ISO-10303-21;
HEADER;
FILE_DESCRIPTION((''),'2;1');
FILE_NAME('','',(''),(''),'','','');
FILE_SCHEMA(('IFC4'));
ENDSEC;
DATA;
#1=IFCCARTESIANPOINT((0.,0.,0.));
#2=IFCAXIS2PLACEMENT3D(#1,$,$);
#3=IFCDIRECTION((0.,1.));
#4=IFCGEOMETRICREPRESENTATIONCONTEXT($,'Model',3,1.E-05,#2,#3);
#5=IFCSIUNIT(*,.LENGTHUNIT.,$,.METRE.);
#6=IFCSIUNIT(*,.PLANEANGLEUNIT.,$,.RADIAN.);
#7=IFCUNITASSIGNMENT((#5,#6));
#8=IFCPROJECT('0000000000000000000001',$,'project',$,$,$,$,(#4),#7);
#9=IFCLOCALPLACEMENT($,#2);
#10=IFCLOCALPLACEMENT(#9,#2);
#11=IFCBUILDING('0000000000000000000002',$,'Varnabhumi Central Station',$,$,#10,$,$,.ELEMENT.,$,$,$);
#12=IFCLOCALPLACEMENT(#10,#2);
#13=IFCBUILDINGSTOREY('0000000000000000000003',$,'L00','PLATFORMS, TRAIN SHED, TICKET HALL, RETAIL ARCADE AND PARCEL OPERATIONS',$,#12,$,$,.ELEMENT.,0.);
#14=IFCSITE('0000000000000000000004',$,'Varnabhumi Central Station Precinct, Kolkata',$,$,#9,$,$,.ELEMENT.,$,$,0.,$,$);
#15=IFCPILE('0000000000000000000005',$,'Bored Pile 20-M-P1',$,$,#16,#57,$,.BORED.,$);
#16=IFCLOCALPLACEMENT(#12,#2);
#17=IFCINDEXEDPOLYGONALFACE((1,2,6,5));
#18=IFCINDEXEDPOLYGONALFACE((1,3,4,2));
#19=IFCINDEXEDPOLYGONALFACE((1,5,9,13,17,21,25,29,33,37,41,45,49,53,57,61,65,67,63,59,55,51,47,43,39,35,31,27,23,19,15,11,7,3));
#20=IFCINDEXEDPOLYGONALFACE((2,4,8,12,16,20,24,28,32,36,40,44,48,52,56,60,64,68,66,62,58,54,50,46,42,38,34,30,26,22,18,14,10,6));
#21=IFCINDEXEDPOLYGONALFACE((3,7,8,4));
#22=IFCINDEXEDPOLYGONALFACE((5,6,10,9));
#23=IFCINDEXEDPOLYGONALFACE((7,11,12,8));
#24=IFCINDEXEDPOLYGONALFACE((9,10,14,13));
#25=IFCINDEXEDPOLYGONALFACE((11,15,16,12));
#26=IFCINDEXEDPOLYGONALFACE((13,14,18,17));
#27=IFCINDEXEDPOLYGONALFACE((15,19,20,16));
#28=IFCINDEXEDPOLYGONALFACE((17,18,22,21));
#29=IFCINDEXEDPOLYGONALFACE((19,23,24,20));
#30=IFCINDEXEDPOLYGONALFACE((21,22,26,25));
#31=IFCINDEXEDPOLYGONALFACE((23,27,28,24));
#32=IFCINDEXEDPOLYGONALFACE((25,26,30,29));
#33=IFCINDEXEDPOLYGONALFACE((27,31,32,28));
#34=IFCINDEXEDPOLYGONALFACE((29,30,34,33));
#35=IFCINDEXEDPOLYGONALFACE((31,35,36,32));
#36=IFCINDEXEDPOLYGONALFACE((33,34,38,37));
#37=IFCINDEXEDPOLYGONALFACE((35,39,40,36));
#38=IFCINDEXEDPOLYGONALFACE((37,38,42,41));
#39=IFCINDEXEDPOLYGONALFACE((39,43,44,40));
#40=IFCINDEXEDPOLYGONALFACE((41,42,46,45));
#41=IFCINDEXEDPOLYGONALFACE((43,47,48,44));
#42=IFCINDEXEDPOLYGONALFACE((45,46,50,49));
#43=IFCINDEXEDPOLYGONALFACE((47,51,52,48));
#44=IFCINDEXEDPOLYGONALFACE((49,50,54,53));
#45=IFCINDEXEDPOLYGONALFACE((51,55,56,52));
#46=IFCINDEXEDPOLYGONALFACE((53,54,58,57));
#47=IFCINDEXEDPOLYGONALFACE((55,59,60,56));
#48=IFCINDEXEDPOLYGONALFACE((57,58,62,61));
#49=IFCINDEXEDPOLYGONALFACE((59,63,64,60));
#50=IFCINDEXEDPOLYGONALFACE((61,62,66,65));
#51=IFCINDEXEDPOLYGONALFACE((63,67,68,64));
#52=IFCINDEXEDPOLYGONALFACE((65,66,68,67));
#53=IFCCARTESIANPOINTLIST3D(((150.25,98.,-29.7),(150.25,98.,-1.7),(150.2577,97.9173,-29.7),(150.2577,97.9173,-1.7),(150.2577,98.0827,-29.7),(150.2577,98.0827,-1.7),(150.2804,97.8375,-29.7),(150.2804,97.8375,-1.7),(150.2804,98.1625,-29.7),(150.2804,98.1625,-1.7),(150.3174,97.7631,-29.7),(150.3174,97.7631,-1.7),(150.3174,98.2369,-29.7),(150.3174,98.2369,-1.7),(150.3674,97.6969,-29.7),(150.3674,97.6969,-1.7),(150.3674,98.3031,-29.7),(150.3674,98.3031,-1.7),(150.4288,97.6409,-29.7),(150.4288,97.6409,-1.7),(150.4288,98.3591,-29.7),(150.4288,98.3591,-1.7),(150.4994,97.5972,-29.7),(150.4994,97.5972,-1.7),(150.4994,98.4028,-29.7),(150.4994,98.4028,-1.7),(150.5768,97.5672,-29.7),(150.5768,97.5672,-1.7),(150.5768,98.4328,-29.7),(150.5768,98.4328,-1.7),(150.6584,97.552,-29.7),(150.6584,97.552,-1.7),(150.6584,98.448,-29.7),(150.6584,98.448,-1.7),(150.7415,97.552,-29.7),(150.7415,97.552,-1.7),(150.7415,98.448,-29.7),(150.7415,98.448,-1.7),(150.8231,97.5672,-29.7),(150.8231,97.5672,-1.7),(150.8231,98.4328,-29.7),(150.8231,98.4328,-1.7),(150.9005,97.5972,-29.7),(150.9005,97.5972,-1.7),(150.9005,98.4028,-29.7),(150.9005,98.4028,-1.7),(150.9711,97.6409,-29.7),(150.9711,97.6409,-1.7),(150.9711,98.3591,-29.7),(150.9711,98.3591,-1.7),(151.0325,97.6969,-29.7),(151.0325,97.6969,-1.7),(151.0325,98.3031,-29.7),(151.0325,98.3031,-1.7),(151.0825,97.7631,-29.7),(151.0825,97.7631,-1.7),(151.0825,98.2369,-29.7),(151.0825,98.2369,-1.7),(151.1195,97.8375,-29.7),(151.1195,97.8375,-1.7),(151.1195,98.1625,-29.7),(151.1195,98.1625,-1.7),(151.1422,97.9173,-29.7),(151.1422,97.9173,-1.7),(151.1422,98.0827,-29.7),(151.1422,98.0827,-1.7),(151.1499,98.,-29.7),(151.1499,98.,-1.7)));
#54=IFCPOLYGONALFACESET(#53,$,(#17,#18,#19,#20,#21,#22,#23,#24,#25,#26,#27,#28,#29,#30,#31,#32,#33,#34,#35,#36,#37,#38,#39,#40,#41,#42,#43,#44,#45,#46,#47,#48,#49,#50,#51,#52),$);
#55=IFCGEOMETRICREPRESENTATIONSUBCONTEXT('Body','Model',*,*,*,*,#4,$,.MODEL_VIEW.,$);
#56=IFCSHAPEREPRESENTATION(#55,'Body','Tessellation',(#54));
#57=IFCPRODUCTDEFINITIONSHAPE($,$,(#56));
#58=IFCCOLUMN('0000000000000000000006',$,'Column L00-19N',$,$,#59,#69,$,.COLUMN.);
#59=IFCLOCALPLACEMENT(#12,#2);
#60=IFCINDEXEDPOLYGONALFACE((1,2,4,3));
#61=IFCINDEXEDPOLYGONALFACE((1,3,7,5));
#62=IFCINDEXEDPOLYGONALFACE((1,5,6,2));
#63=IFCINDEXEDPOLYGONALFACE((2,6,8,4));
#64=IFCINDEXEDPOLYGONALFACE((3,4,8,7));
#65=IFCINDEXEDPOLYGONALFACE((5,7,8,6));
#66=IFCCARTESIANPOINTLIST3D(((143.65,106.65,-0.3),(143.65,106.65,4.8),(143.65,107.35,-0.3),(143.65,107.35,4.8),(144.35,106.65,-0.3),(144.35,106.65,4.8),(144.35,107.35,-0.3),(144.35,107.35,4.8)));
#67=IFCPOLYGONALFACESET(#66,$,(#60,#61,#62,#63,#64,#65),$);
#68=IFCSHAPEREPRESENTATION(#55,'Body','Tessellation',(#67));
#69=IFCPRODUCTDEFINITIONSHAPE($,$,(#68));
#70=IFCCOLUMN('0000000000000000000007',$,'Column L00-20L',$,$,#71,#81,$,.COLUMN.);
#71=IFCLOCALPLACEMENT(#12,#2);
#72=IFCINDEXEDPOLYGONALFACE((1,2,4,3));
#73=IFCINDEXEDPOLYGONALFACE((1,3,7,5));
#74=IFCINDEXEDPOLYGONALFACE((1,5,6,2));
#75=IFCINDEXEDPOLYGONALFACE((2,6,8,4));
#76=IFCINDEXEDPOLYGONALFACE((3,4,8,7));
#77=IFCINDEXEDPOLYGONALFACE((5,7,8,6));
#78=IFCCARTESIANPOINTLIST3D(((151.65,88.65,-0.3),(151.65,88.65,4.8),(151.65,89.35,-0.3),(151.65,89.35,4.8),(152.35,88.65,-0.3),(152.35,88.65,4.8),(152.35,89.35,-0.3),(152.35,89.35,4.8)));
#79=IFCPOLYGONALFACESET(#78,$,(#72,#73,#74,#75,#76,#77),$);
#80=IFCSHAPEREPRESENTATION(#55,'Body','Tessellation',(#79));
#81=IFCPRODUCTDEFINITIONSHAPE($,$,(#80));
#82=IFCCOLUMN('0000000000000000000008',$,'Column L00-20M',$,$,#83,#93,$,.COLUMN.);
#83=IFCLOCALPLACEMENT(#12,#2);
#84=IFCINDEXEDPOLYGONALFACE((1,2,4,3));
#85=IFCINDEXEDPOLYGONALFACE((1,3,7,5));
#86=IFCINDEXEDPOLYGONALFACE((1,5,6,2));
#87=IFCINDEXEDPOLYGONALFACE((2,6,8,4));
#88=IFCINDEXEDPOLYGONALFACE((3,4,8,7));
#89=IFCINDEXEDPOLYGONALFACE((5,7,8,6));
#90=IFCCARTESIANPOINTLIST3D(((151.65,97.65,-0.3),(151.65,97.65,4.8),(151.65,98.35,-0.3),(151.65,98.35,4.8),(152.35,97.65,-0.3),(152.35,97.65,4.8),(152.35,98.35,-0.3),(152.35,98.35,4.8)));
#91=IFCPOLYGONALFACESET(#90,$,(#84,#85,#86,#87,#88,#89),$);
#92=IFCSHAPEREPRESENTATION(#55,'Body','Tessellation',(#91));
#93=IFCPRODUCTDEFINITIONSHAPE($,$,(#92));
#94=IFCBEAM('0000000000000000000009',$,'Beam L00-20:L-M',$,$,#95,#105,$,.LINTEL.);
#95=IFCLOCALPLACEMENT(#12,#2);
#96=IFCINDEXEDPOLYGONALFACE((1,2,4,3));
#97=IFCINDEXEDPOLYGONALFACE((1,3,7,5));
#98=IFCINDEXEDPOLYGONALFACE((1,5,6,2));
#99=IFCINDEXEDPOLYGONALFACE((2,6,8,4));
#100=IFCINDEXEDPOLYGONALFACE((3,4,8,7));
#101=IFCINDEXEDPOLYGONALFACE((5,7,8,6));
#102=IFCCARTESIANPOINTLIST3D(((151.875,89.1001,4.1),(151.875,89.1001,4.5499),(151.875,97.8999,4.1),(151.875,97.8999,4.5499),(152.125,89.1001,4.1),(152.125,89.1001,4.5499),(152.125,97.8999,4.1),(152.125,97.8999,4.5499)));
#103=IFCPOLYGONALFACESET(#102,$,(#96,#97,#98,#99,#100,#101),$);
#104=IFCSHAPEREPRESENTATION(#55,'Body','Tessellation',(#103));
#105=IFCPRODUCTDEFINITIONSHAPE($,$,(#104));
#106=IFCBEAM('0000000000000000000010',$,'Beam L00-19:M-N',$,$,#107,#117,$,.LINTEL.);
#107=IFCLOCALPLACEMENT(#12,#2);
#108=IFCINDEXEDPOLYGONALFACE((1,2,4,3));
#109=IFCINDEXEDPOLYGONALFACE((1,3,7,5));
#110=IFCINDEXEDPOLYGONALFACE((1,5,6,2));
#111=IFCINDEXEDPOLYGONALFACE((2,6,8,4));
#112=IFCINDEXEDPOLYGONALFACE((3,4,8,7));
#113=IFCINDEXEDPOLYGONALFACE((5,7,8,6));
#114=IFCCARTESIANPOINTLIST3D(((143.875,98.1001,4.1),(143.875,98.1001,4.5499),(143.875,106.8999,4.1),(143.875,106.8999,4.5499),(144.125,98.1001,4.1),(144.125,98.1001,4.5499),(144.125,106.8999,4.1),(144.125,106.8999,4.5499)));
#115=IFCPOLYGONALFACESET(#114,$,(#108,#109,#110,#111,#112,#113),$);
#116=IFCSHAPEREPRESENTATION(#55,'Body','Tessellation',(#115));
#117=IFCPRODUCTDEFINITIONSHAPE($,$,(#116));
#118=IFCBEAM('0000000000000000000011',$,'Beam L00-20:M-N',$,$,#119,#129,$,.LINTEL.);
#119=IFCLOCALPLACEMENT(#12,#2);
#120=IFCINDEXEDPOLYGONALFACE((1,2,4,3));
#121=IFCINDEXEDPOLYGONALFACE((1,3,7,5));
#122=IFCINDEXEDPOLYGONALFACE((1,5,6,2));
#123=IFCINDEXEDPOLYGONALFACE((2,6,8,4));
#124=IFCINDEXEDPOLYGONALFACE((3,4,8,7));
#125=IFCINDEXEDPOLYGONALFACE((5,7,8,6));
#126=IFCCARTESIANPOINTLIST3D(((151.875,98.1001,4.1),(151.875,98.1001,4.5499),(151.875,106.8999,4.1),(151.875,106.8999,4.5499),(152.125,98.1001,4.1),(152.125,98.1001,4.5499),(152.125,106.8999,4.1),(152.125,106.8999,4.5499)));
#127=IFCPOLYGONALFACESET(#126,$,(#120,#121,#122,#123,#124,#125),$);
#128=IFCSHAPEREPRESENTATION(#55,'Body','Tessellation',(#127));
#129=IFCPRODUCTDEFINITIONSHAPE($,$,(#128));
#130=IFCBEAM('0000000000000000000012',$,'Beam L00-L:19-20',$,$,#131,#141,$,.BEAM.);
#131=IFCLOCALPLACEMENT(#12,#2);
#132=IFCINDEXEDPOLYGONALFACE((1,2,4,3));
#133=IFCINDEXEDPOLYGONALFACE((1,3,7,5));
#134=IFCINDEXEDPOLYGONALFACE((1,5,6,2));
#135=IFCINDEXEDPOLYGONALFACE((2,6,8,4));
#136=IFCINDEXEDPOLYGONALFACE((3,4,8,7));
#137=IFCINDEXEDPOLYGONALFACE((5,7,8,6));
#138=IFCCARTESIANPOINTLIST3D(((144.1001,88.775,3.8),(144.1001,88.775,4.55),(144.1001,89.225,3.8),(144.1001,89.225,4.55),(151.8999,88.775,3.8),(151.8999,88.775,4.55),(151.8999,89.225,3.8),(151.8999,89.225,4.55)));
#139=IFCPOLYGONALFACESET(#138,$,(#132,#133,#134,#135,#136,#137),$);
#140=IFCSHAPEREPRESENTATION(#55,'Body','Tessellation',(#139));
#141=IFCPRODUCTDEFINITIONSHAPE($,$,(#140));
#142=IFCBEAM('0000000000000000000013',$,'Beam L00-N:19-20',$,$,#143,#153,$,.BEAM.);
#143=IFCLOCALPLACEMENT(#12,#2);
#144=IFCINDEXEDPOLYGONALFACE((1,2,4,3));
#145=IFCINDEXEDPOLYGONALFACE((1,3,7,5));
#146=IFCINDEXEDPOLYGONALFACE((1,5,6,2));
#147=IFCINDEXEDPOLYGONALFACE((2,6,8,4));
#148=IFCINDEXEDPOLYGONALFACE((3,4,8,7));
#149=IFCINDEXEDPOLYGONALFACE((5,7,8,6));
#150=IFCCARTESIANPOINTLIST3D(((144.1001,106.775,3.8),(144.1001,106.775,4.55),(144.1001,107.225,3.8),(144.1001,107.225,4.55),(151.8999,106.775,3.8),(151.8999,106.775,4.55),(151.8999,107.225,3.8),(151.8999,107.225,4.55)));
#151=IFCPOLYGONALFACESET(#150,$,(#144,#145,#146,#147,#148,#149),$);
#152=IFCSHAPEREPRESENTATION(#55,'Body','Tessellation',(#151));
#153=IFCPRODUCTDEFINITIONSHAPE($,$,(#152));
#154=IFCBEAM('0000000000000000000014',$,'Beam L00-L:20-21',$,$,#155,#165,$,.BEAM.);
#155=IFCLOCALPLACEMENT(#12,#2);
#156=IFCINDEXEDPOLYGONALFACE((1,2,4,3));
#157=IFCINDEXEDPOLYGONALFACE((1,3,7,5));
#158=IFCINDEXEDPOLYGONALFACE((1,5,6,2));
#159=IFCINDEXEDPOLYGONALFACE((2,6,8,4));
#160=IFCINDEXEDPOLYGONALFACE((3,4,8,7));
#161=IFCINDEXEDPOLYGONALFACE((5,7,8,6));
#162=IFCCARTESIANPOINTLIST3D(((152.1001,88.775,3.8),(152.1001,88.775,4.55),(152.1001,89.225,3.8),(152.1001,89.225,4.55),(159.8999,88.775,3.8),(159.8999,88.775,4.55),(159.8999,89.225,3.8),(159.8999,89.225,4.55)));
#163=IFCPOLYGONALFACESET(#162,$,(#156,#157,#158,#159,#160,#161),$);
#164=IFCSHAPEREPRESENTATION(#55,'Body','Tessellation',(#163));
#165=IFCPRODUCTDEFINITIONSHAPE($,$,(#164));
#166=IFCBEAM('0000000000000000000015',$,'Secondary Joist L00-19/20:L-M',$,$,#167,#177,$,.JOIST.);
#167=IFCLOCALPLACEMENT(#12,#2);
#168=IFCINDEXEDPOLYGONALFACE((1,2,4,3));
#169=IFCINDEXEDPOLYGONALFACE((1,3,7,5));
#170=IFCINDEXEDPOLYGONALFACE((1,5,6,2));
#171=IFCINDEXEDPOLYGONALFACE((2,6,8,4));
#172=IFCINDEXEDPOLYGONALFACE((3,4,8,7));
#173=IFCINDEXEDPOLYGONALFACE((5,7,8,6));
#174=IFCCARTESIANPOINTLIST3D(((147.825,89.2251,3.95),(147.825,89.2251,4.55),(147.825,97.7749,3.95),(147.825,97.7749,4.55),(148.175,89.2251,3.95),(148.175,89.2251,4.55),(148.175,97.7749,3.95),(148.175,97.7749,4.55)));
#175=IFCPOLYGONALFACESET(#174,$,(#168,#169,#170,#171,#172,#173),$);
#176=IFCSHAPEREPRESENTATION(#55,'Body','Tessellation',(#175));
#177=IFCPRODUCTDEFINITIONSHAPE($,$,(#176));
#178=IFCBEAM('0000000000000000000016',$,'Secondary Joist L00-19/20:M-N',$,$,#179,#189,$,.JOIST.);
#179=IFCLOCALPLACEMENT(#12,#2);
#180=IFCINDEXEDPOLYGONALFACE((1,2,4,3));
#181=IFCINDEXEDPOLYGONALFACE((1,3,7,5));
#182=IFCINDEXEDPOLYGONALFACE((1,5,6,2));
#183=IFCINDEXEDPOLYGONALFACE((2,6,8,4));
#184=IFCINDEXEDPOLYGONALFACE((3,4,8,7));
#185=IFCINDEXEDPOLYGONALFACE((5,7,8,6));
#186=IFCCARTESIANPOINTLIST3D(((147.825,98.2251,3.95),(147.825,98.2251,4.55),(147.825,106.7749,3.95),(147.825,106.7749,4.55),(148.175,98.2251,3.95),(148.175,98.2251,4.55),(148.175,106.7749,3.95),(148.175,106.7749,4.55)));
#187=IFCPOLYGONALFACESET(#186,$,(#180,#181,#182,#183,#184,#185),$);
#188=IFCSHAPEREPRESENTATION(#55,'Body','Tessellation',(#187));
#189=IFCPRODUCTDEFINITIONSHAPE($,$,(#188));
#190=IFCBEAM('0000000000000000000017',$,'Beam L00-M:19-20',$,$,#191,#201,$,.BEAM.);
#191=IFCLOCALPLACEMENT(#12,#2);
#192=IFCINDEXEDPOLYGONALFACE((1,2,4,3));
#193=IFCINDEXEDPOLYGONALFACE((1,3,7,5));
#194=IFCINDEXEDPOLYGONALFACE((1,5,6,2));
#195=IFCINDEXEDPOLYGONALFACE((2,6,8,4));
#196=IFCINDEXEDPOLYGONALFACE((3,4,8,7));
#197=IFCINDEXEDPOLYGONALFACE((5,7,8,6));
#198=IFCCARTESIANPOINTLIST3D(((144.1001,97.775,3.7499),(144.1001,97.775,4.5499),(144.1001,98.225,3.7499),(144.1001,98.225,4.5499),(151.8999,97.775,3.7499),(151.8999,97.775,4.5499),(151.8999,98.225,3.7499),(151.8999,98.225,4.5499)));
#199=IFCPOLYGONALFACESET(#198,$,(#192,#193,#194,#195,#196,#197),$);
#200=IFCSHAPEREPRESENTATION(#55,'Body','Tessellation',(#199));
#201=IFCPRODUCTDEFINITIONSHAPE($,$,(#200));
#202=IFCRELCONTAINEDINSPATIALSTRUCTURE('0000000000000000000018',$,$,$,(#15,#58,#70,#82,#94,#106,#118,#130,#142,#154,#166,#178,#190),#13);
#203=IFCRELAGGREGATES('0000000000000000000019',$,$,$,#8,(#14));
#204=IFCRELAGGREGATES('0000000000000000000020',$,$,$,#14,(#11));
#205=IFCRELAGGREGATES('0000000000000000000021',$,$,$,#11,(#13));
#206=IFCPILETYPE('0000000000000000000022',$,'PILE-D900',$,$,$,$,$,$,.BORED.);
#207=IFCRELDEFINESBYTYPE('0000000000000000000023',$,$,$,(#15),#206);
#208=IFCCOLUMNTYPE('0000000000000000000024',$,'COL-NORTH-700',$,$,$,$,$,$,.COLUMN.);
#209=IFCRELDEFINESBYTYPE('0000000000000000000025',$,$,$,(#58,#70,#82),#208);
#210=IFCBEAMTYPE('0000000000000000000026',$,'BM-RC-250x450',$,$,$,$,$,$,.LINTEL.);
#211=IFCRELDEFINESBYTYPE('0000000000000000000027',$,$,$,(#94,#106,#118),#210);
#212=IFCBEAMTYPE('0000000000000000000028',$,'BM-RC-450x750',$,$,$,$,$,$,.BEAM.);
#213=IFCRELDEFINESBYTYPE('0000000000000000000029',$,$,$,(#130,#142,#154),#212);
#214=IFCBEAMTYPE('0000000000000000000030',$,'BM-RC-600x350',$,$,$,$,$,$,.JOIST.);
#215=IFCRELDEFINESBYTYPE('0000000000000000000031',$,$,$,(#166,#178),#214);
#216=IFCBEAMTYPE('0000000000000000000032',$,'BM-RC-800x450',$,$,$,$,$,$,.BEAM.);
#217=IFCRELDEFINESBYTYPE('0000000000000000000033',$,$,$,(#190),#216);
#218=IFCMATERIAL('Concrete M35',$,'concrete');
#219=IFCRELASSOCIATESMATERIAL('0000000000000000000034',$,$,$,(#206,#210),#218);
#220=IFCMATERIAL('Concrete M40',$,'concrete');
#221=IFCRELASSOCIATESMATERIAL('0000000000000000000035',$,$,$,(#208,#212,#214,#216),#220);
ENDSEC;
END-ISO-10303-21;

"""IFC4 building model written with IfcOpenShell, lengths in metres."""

from ifc_helpers import new_model, si_unit, direction, frame, origin, origin_2d, place, context, subcontext, project, spatial, rectangle, circle, extrude, material, material_profile, profile_set, type_object, element, save


model = new_model("IFC4")

# Units and contexts
model_context = context("Model", 3, precision=1e-05, world=origin(), true_north=direction((0.0, 1.0)))
body_context = subcontext(model_context, "Body", "Model", "MODEL_VIEW")
ifc_project = project(units=[si_unit("LENGTHUNIT", "METRE"), si_unit("PLANEANGLEUNIT", "RADIAN")], contexts=[model_context])

# Site, building, storey
site_placement = place(None, origin())
site = spatial("IfcSite", under=ifc_project, at=site_placement, Name="Varnabhumi Central Station Precinct, Kolkata", CompositionType="ELEMENT", RefElevation=0.0)
building_placement = place(site_placement, origin())
building = spatial("IfcBuilding", under=site, at=building_placement, Name="Varnabhumi Central Station", CompositionType="ELEMENT")
storey_placement = place(building_placement, origin())
storey = spatial("IfcBuildingStorey", under=building, at=storey_placement, Name="L00", Description="PLATFORMS, TRAIN SHED, TICKET HALL, RETAIL ARCADE AND PARCEL OPERATIONS", CompositionType="ELEMENT", Elevation=0.0)

# Shared definitions
ifc_material_1 = material(Name="Concrete M40", Category="concrete")

# Pile
ifc_material_2 = material(Name="Concrete M35", Category="concrete")
ifc_material_profile_1 = material_profile(ifc_material_2, circle(Radius=0.45, at=origin_2d()), Name="Concrete M35", Category="concrete")
ifc_profile_set_1 = profile_set([ifc_material_profile_1], Name="Concrete M35")
pile_type_1 = type_object("IfcPileType", Name="PILE-D900", PredefinedType="BORED", material=ifc_profile_set_1)
for number, where, z_axis, x_axis, name in (
    (1, (150.7, 98.0, -1.7), (0.0, 0.0, -1.0), (1.0, 0.0, 0.0), "Bored Pile 20-M-P1"),
):
    element("IfcPile", number, at=place(storey_placement, frame(where, z_axis=z_axis, x_axis=x_axis)), inside=storey, type_object=pile_type_1, Name=name, PredefinedType="BORED", context=body_context, shape_type="SweptSolid", body=[
        extrude(circle(Radius=0.45, at=origin_2d()), origin(), (0.0, 0.0, 1.0), 28.0),
    ])

# Columns
ifc_material_profile_2 = material_profile(ifc_material_1, rectangle(XDim=0.7, YDim=0.7, at=origin_2d()), Name="Concrete M40", Category="concrete")
ifc_profile_set_2 = profile_set([ifc_material_profile_2], Name="Concrete M40")
column_type = type_object("IfcColumnType", Name="COL-NORTH-700", PredefinedType="COLUMN", material=ifc_profile_set_2)
for number, where, z_axis, x_axis, name in (
    (2, (144.0, 107.0, -0.3), (0.0, 0.0, 1.0), (1.0, 0.0, 0.0), "Column L00-19N"),
    (3, (152.0, 89.0, -0.3), (0.0, 0.0, 1.0), (1.0, 0.0, 0.0), "Column L00-20L"),
    (4, (152.0, 98.0, -0.3), (0.0, 0.0, 1.0), (1.0, 0.0, 0.0), "Column L00-20M"),
):
    element("IfcColumn", number, at=place(storey_placement, frame(where, z_axis=z_axis, x_axis=x_axis)), inside=storey, type_object=column_type, Name=name, PredefinedType="COLUMN", context=body_context, shape_type="SweptSolid", body=[
        extrude(rectangle(XDim=0.7, YDim=0.7, at=origin_2d()), origin(), (0.0, 0.0, 1.0), 5.1001),
    ])

# Beams
ifc_material_profile_3 = material_profile(ifc_material_2, rectangle(XDim=0.25, YDim=0.45, at=origin_2d()), Name="Concrete M35", Category="concrete")
ifc_profile_set_3 = profile_set([ifc_material_profile_3], Name="Concrete M35")
beam_type_1 = type_object("IfcBeamType", Name="BM-RC-250x450", PredefinedType="LINTEL", material=ifc_profile_set_3)
for number, where, z_axis, x_axis, name in (
    (5, (152.0, 89.1001, 4.325), (0.0, 1.0, 0.0), (-1.0, 0.0, 0.0), "Beam L00-20:L-M"),
    (6, (144.0, 98.1001, 4.325), (0.0, 1.0, 0.0), (-1.0, 0.0, 0.0), "Beam L00-19:M-N"),
    (7, (152.0, 98.1001, 4.325), (0.0, 1.0, 0.0), (-1.0, 0.0, 0.0), "Beam L00-20:M-N"),
):
    element("IfcBeam", number, at=place(storey_placement, frame(where, z_axis=z_axis, x_axis=x_axis)), inside=storey, type_object=beam_type_1, Name=name, PredefinedType="LINTEL", context=body_context, shape_type="SweptSolid", body=[
        extrude(rectangle(XDim=0.25, YDim=0.45, at=origin_2d()), origin(), (0.0, 0.0, 1.0), 8.7998),
    ])
ifc_material_profile_4 = material_profile(ifc_material_1, rectangle(XDim=0.45, YDim=0.75, at=origin_2d()), Name="Concrete M40", Category="concrete")
ifc_profile_set_4 = profile_set([ifc_material_profile_4], Name="Concrete M40")
beam_type_2 = type_object("IfcBeamType", Name="BM-RC-450x750", PredefinedType="BEAM", material=ifc_profile_set_4)
for number, where, z_axis, x_axis, name in (
    (8, (144.1001, 89.0, 4.175), (1.0, 0.0, 0.0), (0.0, 1.0, 0.0), "Beam L00-L:19-20"),
    (9, (144.1001, 107.0, 4.175), (1.0, 0.0, 0.0), (0.0, 1.0, 0.0), "Beam L00-N:19-20"),
    (10, (152.1001, 89.0, 4.175), (1.0, 0.0, 0.0), (0.0, 1.0, 0.0), "Beam L00-L:20-21"),
):
    element("IfcBeam", number, at=place(storey_placement, frame(where, z_axis=z_axis, x_axis=x_axis)), inside=storey, type_object=beam_type_2, Name=name, PredefinedType="BEAM", context=body_context, shape_type="SweptSolid", body=[
        extrude(rectangle(XDim=0.45, YDim=0.75, at=origin_2d()), origin(), (0.0, 0.0, 1.0), 7.7998),
    ])
ifc_material_profile_5 = material_profile(ifc_material_1, rectangle(XDim=0.3501, YDim=0.6001, at=origin_2d()), Name="Concrete M40", Category="concrete")
ifc_profile_set_5 = profile_set([ifc_material_profile_5], Name="Concrete M40")
beam_type_3 = type_object("IfcBeamType", Name="BM-RC-600x350", PredefinedType="JOIST", material=ifc_profile_set_5)
for number, where, z_axis, x_axis, name in (
    (11, (148.0, 89.2251, 4.25), (0.0, 1.0, 0.0), (-1.0, 0.0, 0.0), "Secondary Joist L00-19/20:L-M"),
    (12, (148.0, 98.2251, 4.25), (0.0, 1.0, 0.0), (-1.0, 0.0, 0.0), "Secondary Joist L00-19/20:M-N"),
):
    element("IfcBeam", number, at=place(storey_placement, frame(where, z_axis=z_axis, x_axis=x_axis)), inside=storey, type_object=beam_type_3, Name=name, PredefinedType="JOIST", context=body_context, shape_type="SweptSolid", body=[
        extrude(rectangle(XDim=0.3501, YDim=0.6001, at=origin_2d()), origin(), (0.0, 0.0, 1.0), 8.5498),
    ])
ifc_material_profile_6 = material_profile(ifc_material_1, rectangle(XDim=0.45, YDim=0.8, at=origin_2d()), Name="Concrete M40", Category="concrete")
ifc_profile_set_6 = profile_set([ifc_material_profile_6], Name="Concrete M40")
beam_type_4 = type_object("IfcBeamType", Name="BM-RC-800x450", PredefinedType="BEAM", material=ifc_profile_set_6)
for number, where, z_axis, x_axis, name in (
    (13, (144.1001, 98.0, 4.1499), (1.0, 0.0, 0.0), (0.0, 1.0, 0.0), "Beam L00-M:19-20"),
):
    element("IfcBeam", number, at=place(storey_placement, frame(where, z_axis=z_axis, x_axis=x_axis)), inside=storey, type_object=beam_type_4, Name=name, PredefinedType="BEAM", context=body_context, shape_type="SweptSolid", body=[
        extrude(rectangle(XDim=0.45, YDim=0.8, at=origin_2d()), origin(), (0.0, 0.0, 1.0), 7.7998),
    ])

save(model, "model.ifc")
